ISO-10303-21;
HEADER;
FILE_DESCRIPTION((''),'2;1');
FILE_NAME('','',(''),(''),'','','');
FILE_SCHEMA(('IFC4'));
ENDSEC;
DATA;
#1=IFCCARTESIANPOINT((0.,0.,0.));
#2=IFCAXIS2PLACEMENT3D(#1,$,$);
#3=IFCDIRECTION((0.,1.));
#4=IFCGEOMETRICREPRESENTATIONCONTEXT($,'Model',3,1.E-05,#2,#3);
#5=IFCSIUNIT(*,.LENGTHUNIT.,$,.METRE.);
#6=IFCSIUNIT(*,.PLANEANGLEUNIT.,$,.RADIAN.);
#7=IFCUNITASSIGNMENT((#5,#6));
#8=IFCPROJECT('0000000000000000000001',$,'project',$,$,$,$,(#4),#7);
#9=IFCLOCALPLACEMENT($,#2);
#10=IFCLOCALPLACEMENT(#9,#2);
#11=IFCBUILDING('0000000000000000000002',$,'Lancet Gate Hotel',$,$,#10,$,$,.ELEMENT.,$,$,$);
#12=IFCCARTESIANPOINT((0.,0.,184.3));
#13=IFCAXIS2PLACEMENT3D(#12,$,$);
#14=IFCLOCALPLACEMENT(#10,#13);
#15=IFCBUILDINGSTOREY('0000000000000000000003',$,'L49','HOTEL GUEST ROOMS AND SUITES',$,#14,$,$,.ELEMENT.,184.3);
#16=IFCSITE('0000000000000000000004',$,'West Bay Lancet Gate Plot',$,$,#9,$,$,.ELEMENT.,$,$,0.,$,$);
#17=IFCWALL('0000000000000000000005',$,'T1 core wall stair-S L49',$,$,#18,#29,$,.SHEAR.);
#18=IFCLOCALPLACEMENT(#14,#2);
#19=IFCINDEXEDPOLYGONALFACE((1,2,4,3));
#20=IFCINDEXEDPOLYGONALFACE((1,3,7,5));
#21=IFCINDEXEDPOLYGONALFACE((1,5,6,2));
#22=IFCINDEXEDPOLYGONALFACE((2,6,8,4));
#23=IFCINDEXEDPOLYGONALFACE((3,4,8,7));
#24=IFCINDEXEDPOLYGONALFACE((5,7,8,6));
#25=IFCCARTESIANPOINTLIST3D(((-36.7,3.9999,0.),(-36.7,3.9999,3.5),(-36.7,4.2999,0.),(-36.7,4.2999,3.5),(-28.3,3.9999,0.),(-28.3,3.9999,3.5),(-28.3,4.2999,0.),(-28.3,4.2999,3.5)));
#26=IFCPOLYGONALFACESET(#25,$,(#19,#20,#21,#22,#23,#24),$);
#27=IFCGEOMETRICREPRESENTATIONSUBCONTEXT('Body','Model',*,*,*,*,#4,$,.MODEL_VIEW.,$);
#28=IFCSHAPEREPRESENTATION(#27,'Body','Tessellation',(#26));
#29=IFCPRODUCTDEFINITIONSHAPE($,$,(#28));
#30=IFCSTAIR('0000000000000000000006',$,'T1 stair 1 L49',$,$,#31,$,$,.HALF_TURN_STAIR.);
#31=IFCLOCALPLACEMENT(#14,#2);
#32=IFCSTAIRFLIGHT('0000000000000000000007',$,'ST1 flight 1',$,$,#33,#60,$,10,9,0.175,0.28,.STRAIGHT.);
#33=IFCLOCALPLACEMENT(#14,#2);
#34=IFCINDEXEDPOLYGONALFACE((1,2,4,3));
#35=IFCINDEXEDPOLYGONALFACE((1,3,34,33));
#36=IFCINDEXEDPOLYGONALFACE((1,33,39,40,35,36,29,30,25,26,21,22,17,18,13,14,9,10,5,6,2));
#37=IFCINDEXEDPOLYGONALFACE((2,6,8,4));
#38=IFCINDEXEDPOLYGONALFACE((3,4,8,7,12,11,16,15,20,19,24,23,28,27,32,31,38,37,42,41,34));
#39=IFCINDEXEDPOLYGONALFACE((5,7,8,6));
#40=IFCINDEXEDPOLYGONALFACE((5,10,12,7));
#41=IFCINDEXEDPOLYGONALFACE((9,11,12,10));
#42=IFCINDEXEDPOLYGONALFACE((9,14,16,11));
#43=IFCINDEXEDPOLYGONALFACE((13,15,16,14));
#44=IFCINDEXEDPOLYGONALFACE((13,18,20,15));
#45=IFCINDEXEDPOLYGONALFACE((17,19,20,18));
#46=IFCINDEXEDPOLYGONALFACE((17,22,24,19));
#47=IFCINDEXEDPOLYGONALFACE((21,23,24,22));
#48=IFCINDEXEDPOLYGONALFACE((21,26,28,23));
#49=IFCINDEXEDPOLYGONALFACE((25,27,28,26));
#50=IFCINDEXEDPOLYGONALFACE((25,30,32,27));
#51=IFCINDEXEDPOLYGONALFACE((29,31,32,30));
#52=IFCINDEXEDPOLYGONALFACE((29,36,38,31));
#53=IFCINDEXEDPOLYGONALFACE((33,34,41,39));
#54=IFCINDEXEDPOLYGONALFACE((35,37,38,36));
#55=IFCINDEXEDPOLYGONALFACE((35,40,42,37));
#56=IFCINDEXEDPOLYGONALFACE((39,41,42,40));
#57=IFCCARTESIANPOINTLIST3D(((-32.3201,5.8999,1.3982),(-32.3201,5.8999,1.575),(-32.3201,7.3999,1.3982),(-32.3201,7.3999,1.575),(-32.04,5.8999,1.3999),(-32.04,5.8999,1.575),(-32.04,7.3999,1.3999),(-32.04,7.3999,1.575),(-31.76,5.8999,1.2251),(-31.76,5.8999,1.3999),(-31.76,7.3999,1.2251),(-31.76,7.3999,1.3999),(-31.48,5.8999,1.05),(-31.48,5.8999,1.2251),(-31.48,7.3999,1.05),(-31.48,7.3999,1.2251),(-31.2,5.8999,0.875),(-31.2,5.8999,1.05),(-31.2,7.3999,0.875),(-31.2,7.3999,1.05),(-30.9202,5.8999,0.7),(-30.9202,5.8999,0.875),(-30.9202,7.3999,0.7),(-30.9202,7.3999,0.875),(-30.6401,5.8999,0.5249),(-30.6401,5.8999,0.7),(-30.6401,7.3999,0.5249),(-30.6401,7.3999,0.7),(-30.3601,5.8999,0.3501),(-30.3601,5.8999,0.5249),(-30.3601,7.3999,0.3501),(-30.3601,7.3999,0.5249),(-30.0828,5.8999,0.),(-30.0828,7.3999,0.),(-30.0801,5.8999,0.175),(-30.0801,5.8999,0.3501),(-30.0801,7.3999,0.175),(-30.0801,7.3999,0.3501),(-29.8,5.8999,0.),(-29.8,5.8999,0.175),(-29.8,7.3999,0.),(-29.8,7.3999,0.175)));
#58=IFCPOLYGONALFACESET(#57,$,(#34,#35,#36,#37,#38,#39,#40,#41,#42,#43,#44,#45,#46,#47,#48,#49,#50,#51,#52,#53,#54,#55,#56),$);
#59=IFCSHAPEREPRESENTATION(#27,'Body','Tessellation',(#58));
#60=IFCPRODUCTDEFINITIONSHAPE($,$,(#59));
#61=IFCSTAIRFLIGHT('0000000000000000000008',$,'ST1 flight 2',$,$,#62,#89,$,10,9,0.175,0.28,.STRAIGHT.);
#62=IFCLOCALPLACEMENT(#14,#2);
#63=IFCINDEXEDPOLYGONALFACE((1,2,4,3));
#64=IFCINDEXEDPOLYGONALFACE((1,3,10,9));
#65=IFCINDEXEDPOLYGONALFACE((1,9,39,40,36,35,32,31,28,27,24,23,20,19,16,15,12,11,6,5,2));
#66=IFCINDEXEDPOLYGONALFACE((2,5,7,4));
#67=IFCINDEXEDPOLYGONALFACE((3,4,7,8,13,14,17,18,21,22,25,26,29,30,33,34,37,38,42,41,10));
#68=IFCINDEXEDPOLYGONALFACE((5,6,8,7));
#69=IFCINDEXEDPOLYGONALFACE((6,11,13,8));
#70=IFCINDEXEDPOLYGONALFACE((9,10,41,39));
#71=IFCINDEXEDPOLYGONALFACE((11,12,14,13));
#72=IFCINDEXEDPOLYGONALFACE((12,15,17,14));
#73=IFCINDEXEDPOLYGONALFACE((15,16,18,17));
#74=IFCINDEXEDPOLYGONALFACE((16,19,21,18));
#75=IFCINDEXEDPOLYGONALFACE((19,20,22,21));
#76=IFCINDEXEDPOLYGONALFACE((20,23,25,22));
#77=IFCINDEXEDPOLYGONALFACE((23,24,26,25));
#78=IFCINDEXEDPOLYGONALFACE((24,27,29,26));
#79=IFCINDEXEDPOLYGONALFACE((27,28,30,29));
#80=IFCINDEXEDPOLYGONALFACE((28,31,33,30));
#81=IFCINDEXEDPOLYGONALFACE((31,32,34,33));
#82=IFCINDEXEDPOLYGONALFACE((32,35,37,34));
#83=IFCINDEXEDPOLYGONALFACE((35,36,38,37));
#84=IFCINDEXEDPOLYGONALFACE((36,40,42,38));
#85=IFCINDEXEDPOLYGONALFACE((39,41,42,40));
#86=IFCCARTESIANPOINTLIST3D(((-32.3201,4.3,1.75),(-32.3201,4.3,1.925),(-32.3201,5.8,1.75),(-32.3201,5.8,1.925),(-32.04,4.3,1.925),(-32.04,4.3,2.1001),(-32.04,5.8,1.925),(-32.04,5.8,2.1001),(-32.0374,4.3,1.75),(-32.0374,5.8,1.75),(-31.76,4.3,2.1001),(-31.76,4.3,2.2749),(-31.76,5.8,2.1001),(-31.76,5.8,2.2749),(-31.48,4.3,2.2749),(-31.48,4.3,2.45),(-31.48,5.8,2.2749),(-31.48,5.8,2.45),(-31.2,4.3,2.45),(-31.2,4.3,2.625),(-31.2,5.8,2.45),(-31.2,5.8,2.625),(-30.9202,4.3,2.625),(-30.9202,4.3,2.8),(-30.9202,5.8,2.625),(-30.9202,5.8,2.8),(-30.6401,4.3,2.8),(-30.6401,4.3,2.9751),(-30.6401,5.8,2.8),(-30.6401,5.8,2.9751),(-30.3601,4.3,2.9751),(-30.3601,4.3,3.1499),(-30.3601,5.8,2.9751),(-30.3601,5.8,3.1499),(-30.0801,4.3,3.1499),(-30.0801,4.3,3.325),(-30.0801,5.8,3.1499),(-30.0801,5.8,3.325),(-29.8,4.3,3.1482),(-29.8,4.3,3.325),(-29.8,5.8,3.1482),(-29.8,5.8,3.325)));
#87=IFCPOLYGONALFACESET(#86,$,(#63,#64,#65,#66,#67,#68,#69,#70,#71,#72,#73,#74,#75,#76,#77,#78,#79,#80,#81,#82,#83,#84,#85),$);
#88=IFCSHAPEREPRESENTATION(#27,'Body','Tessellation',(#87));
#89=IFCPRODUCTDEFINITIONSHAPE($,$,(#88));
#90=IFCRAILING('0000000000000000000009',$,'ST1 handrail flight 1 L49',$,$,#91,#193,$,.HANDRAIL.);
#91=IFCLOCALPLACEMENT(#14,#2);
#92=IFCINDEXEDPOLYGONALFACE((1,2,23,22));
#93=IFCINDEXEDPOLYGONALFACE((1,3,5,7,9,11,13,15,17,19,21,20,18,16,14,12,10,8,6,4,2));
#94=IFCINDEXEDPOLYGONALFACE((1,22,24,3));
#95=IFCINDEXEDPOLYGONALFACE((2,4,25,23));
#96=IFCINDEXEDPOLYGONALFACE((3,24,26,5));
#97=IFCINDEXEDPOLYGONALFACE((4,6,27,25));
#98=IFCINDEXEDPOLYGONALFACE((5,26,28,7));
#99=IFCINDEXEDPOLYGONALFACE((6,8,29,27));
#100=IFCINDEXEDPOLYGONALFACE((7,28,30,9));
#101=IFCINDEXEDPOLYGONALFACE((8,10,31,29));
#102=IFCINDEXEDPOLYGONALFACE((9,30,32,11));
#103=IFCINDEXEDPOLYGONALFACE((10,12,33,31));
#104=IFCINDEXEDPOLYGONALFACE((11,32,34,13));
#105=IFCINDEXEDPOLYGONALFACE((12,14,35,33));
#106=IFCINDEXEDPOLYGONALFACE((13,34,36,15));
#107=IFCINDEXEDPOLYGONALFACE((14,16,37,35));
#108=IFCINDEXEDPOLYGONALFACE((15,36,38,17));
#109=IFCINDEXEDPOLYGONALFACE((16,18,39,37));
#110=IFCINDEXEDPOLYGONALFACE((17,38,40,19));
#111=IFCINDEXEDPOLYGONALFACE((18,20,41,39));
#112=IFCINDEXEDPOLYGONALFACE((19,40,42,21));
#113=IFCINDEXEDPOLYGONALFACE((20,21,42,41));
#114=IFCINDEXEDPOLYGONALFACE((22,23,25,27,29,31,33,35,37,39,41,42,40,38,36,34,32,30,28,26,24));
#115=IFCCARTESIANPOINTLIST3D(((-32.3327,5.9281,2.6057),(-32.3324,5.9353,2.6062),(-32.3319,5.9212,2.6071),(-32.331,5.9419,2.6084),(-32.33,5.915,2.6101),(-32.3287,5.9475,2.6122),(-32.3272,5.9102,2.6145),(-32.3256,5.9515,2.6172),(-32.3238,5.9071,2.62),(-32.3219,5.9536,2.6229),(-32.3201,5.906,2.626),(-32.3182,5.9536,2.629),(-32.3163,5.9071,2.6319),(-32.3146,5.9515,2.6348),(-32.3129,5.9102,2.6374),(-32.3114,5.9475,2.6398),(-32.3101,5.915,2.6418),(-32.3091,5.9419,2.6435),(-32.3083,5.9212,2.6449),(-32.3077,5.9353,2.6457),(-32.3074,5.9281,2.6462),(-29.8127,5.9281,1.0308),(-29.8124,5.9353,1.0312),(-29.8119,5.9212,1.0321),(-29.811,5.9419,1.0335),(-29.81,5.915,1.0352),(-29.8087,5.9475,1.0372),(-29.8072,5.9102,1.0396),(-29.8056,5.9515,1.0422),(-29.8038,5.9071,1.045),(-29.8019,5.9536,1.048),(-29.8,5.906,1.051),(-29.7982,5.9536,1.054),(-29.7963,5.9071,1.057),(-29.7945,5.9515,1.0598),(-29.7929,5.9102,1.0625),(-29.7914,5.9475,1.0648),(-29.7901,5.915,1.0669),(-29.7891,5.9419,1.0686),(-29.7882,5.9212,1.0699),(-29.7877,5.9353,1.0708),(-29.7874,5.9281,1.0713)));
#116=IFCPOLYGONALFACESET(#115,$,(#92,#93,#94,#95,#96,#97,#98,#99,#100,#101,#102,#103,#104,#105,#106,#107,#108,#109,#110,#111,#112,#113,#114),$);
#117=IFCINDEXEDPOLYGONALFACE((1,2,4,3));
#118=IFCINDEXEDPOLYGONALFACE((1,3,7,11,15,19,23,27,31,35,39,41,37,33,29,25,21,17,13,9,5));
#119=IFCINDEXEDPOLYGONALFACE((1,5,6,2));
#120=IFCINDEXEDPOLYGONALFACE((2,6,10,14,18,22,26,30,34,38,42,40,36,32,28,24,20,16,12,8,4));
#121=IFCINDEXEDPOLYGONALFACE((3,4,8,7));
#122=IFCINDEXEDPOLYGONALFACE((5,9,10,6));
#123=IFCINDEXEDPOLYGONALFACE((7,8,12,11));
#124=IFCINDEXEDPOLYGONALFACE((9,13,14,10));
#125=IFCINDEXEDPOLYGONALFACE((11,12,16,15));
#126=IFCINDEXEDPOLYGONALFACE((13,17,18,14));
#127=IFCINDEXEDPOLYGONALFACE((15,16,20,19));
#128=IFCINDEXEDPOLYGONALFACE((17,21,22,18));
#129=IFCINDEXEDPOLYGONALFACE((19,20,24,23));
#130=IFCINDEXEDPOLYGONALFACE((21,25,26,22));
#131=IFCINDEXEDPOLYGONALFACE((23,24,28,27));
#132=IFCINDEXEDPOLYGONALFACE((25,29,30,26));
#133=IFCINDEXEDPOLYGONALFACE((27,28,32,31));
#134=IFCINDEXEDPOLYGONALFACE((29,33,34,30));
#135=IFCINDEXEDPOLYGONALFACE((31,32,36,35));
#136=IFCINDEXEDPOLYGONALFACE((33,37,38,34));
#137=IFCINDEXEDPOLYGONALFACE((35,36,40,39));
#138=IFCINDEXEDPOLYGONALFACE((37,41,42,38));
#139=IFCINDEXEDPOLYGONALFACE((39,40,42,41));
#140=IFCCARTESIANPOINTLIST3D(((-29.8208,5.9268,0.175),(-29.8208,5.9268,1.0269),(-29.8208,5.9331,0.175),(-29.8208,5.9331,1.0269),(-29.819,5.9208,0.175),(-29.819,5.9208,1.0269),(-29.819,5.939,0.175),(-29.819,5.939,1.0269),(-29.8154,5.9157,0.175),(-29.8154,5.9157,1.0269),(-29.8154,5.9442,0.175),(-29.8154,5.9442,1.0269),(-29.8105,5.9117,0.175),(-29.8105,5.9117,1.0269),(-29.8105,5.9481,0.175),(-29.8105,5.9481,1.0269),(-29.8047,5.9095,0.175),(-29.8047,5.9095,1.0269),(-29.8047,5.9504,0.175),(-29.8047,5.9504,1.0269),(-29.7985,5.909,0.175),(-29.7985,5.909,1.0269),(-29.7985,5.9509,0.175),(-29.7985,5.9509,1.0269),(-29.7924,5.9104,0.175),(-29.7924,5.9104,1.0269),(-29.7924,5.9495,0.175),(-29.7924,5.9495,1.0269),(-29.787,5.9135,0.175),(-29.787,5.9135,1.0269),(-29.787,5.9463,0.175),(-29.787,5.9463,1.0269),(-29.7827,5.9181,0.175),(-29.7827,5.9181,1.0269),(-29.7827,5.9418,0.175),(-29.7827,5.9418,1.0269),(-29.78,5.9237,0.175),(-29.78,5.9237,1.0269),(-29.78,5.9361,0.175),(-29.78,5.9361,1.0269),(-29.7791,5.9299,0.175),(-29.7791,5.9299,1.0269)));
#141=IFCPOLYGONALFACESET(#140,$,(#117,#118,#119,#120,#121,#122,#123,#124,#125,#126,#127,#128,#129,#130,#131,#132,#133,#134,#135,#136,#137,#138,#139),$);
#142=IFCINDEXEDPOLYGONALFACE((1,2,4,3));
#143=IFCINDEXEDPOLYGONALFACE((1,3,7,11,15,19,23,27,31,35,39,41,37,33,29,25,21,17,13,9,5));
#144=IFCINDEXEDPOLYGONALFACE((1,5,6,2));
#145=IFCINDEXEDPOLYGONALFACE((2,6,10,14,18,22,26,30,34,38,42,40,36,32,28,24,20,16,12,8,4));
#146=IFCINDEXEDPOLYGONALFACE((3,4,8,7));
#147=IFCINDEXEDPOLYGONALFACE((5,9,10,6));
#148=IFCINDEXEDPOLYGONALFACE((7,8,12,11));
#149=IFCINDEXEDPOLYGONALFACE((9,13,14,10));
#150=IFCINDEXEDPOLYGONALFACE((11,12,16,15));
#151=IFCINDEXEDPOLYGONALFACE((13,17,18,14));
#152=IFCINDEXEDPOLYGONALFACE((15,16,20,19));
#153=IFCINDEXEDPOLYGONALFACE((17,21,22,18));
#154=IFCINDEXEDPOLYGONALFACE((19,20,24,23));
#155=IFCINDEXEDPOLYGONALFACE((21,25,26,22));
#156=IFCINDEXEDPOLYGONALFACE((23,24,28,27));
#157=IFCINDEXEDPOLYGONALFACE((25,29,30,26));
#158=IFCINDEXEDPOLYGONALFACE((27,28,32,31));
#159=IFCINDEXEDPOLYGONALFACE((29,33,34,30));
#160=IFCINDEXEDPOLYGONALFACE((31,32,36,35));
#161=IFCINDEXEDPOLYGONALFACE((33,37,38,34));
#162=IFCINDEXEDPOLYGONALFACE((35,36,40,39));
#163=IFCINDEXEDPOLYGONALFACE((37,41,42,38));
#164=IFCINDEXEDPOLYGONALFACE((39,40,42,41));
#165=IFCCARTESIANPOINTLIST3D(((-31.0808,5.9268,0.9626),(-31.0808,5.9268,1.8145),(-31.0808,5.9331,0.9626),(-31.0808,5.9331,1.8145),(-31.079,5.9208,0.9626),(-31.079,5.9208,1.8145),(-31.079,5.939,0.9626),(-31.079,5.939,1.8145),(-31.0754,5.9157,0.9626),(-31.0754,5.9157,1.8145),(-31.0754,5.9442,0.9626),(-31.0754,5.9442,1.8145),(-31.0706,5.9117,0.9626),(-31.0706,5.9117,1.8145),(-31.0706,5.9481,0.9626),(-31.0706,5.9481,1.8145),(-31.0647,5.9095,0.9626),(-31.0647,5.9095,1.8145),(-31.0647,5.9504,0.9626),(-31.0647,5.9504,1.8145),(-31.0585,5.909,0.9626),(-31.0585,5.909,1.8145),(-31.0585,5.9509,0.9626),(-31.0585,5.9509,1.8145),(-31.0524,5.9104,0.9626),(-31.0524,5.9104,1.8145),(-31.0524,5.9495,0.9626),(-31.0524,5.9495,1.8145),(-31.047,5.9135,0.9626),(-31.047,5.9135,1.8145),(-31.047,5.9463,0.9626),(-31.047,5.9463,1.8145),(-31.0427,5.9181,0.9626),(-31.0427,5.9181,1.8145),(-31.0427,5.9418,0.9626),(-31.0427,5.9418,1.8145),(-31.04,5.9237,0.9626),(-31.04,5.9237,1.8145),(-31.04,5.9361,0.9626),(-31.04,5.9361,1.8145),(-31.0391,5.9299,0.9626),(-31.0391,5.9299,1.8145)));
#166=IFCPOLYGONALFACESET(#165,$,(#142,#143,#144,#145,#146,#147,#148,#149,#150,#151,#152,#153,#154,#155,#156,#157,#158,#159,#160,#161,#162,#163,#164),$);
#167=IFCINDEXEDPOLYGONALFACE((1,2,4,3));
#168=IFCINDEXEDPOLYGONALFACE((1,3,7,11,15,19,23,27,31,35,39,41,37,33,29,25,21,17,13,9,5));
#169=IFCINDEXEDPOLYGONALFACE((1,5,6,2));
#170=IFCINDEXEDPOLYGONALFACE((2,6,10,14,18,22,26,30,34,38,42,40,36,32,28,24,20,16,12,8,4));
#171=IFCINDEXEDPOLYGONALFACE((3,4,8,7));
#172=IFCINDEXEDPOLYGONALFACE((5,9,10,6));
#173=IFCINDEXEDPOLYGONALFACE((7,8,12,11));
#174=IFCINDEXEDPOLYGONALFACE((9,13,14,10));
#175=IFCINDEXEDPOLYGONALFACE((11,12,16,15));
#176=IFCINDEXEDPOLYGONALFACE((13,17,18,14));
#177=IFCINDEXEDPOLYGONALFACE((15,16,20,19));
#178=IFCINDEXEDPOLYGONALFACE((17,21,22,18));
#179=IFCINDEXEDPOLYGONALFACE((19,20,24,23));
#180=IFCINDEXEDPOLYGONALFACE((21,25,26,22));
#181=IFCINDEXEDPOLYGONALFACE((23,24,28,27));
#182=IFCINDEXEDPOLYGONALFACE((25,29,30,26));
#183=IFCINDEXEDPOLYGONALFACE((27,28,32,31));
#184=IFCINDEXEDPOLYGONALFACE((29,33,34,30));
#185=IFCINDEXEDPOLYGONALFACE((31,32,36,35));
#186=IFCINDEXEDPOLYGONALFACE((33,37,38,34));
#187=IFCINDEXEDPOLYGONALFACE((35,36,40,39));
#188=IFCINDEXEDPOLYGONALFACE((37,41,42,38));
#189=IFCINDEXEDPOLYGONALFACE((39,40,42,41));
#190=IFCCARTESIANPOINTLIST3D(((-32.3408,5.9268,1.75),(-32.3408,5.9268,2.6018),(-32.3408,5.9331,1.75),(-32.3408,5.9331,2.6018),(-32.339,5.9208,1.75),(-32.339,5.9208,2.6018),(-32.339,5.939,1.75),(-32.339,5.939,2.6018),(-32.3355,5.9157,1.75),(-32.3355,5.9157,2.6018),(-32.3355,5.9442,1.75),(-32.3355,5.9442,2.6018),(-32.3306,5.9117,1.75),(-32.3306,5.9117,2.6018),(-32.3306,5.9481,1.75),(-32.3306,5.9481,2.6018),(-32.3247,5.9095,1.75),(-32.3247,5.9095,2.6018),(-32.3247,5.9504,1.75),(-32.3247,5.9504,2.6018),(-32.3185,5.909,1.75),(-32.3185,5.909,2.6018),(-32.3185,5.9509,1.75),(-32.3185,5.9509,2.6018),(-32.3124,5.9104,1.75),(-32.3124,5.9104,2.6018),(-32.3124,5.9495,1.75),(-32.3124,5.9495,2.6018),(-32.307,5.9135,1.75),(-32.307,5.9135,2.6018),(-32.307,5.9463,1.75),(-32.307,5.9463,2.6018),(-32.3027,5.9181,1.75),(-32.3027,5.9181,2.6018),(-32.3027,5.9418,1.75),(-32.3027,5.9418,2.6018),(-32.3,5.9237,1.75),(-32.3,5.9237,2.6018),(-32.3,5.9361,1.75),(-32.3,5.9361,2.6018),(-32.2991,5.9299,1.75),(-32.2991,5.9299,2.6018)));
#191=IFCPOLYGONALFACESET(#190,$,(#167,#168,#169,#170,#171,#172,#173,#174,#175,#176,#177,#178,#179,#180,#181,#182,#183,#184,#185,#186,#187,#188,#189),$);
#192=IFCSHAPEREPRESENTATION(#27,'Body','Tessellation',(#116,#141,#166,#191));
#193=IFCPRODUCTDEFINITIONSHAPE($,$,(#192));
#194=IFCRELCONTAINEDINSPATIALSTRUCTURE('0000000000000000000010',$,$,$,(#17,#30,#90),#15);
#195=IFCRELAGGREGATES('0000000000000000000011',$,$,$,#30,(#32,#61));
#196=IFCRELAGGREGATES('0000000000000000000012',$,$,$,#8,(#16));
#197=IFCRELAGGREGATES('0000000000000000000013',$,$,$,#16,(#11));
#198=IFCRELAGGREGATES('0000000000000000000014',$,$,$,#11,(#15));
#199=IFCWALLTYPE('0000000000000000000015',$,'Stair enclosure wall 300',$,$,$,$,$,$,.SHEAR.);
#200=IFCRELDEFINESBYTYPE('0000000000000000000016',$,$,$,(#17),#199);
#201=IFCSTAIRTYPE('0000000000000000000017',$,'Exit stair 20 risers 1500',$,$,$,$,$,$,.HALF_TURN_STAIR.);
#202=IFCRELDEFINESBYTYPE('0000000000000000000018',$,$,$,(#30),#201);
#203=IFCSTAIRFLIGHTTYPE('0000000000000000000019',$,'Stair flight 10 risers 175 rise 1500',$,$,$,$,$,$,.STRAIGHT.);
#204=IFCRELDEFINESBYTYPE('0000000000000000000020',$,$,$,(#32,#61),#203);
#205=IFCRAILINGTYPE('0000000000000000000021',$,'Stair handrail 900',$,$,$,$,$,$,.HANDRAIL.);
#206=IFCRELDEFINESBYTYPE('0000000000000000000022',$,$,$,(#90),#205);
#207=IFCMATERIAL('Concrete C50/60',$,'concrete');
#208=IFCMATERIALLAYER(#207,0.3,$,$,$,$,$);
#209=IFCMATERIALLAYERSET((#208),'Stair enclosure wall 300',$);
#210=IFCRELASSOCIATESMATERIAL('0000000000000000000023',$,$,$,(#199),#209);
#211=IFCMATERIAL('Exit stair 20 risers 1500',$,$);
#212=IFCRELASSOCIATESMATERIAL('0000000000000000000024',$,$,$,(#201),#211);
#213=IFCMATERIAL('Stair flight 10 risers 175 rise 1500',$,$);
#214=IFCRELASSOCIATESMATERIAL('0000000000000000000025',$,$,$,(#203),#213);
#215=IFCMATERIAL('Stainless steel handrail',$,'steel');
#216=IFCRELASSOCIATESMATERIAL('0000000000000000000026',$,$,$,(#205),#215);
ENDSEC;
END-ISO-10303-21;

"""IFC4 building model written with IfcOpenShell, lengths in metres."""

from ifc_helpers import new_model, si_unit, direction, frame, frame_2d, origin, origin_2d, place, context, subcontext, project, spatial, polyline, rectangle, circle, outline, extrude, material, layer, layer_set, type_object, element, aggregate, save


model = new_model("IFC4")

# Units and contexts
model_context = context("Model", 3, precision=1e-05, world=origin(), true_north=direction((0.0, 1.0)))
body_context = subcontext(model_context, "Body", "Model", "MODEL_VIEW")
ifc_project = project(units=[si_unit("LENGTHUNIT", "METRE"), si_unit("PLANEANGLEUNIT", "RADIAN")], contexts=[model_context])

# Site, building, storey
site_placement = place(None, origin())
site = spatial("IfcSite", under=ifc_project, at=site_placement, Name="West Bay Lancet Gate Plot", CompositionType="ELEMENT", RefElevation=0.0)
building_placement = place(site_placement, origin())
building = spatial("IfcBuilding", under=site, at=building_placement, Name="Lancet Gate Hotel", CompositionType="ELEMENT")
storey_placement = place(building_placement, frame((0.0, 0.0, 184.3)))
storey = spatial("IfcBuildingStorey", under=building, at=storey_placement, Name="L49", Description="HOTEL GUEST ROOMS AND SUITES", CompositionType="ELEMENT", Elevation=184.3)

# Wall
ifc_material_1 = material(Name="Concrete C50/60", Category="concrete")
ifc_layer_1 = layer(ifc_material_1, 0.3)
ifc_layer_set_1 = layer_set([ifc_layer_1], Name="Stair enclosure wall 300")
wall_type_1 = type_object("IfcWallType", Name="Stair enclosure wall 300", PredefinedType="SHEAR", material=ifc_layer_set_1)
wall_1_placement = place(storey_placement, frame((-28.3, 4.1499, 0.0), z_axis=(0.0, 0.0, 1.0), x_axis=(-1.0, 0.0, 0.0)))
element("IfcWall", 1, at=wall_1_placement, inside=storey, type_object=wall_type_1, Name="T1 core wall stair-S L49", PredefinedType="SHEAR", context=body_context, shape_type="SweptSolid", body=[
    extrude(rectangle(XDim=8.3999, YDim=0.3, at=frame_2d((4.2, 0.0))), origin(), (0.0, 0.0, 1.0), 3.5),
])

# Stair, stair flights
ifc_material_2 = material(Name="Exit stair 20 risers 1500")
stair_type = type_object("IfcStairType", Name="Exit stair 20 risers 1500", PredefinedType="HALF_TURN_STAIR", material=ifc_material_2)
stair_placement = place(storey_placement, origin())
stair = element("IfcStair", 2, at=stair_placement, inside=storey, type_object=stair_type, Name="T1 stair 1 L49", PredefinedType="HALF_TURN_STAIR")
ifc_material_3 = material(Name="Stair flight 10 risers 175 rise 1500")
stair_flight_type = type_object("IfcStairFlightType", Name="Stair flight 10 risers 175 rise 1500", PredefinedType="STRAIGHT", material=ifc_material_3)
stair_flight_1_placement = place(storey_placement, frame((-29.8, 6.6499, 0.0), z_axis=(0.0, 0.0, 1.0), x_axis=(-1.0, 0.0, 0.0)))
stair_flight_1 = element("IfcStairFlight", 3, at=stair_flight_1_placement, type_object=stair_flight_type, Name="ST1 flight 1", NumberOfRisers=10, NumberOfTreads=9, PredefinedType="STRAIGHT", RiserHeight=0.175, TreadLength=0.28, context=body_context, shape_type="SweptSolid", body=[
    extrude(outline(polyline([(0.0, 0.0), (0.0, 0.175), (0.28, 0.175), (0.28, 0.3501), (0.5601, 0.3501), (0.5601, 0.5249), (0.8401, 0.5249), (0.8401, 0.7), (1.1201, 0.7), (1.1201, 0.875), (1.3999, 0.875), (1.3999, 1.05), (1.6799, 1.05), (1.6799, 1.2251), (1.96, 1.2251), (1.96, 1.3999), (2.24, 1.3999), (2.24, 1.575), (2.52, 1.575), (2.52, 1.75), (2.52, 1.3982), (0.2827, 0.0), (0.0, 0.0)])), frame((0.0, 0.75, 0.0), z_axis=(0.0, -1.0, 0.0), x_axis=(1.0, 0.0, 0.0)), (0.0, 0.0, 1.0), 1.5),
])
stair_flight_2_placement = place(storey_placement, frame((-32.3201, 5.05, 1.75), z_axis=(0.0, 0.0, 1.0), x_axis=(1.0, 0.0, 0.0)))
stair_flight_2 = element("IfcStairFlight", 4, at=stair_flight_2_placement, type_object=stair_flight_type, Name="ST1 flight 2", NumberOfRisers=10, NumberOfTreads=9, PredefinedType="STRAIGHT", RiserHeight=0.175, TreadLength=0.28, context=body_context, shape_type="SweptSolid", body=[
    extrude(outline(polyline([(0.0, 0.0), (0.0, 0.175), (0.28, 0.175), (0.28, 0.3501), (0.5601, 0.3501), (0.5601, 0.5249), (0.8401, 0.5249), (0.8401, 0.7), (1.1201, 0.7), (1.1201, 0.875), (1.3999, 0.875), (1.3999, 1.05), (1.6799, 1.05), (1.6799, 1.2251), (1.96, 1.2251), (1.96, 1.3999), (2.24, 1.3999), (2.24, 1.575), (2.52, 1.575), (2.52, 1.75), (2.52, 1.3982), (0.2827, 0.0), (0.0, 0.0)])), frame((0.0, 0.75, 0.0), z_axis=(0.0, -1.0, 0.0), x_axis=(1.0, 0.0, 0.0)), (0.0, 0.0, 1.0), 1.5),
])
aggregate(stair, [stair_flight_1, stair_flight_2])

# Railing
ifc_material_4 = material(Name="Stainless steel handrail", Category="steel")
railing_type = type_object("IfcRailingType", Name="Stair handrail 900", PredefinedType="HANDRAIL", material=ifc_material_4)
railing_1_placement = place(storey_placement, frame((-29.8, 5.9299, 0.175)))
element("IfcRailing", 5, at=railing_1_placement, inside=storey, type_object=railing_type, Name="ST1 handrail flight 1 L49", PredefinedType="HANDRAIL", context=body_context, shape_type="SweptSolid", body=[
    extrude(circle(Radius=0.0239, at=origin_2d()), frame((0.0, 0.0, 0.876), z_axis=(-0.848008, 0.0, 0.529984), x_axis=(0.0, -1.0, 0.0)), (0.0, 0.0, 1.0), 2.9717),
    extrude(circle(Radius=0.021, at=origin_2d()), origin(), (0.0, 0.0, 1.0), 0.8518),
    extrude(circle(Radius=0.021, at=origin_2d()), frame((-1.26, 0.0, 0.7876)), (0.0, 0.0, 1.0), 0.8518),
    extrude(circle(Radius=0.021, at=origin_2d()), frame((-2.52, 0.0, 1.575)), (0.0, 0.0, 1.0), 0.8518),
])

save(model, "model.ifc")
